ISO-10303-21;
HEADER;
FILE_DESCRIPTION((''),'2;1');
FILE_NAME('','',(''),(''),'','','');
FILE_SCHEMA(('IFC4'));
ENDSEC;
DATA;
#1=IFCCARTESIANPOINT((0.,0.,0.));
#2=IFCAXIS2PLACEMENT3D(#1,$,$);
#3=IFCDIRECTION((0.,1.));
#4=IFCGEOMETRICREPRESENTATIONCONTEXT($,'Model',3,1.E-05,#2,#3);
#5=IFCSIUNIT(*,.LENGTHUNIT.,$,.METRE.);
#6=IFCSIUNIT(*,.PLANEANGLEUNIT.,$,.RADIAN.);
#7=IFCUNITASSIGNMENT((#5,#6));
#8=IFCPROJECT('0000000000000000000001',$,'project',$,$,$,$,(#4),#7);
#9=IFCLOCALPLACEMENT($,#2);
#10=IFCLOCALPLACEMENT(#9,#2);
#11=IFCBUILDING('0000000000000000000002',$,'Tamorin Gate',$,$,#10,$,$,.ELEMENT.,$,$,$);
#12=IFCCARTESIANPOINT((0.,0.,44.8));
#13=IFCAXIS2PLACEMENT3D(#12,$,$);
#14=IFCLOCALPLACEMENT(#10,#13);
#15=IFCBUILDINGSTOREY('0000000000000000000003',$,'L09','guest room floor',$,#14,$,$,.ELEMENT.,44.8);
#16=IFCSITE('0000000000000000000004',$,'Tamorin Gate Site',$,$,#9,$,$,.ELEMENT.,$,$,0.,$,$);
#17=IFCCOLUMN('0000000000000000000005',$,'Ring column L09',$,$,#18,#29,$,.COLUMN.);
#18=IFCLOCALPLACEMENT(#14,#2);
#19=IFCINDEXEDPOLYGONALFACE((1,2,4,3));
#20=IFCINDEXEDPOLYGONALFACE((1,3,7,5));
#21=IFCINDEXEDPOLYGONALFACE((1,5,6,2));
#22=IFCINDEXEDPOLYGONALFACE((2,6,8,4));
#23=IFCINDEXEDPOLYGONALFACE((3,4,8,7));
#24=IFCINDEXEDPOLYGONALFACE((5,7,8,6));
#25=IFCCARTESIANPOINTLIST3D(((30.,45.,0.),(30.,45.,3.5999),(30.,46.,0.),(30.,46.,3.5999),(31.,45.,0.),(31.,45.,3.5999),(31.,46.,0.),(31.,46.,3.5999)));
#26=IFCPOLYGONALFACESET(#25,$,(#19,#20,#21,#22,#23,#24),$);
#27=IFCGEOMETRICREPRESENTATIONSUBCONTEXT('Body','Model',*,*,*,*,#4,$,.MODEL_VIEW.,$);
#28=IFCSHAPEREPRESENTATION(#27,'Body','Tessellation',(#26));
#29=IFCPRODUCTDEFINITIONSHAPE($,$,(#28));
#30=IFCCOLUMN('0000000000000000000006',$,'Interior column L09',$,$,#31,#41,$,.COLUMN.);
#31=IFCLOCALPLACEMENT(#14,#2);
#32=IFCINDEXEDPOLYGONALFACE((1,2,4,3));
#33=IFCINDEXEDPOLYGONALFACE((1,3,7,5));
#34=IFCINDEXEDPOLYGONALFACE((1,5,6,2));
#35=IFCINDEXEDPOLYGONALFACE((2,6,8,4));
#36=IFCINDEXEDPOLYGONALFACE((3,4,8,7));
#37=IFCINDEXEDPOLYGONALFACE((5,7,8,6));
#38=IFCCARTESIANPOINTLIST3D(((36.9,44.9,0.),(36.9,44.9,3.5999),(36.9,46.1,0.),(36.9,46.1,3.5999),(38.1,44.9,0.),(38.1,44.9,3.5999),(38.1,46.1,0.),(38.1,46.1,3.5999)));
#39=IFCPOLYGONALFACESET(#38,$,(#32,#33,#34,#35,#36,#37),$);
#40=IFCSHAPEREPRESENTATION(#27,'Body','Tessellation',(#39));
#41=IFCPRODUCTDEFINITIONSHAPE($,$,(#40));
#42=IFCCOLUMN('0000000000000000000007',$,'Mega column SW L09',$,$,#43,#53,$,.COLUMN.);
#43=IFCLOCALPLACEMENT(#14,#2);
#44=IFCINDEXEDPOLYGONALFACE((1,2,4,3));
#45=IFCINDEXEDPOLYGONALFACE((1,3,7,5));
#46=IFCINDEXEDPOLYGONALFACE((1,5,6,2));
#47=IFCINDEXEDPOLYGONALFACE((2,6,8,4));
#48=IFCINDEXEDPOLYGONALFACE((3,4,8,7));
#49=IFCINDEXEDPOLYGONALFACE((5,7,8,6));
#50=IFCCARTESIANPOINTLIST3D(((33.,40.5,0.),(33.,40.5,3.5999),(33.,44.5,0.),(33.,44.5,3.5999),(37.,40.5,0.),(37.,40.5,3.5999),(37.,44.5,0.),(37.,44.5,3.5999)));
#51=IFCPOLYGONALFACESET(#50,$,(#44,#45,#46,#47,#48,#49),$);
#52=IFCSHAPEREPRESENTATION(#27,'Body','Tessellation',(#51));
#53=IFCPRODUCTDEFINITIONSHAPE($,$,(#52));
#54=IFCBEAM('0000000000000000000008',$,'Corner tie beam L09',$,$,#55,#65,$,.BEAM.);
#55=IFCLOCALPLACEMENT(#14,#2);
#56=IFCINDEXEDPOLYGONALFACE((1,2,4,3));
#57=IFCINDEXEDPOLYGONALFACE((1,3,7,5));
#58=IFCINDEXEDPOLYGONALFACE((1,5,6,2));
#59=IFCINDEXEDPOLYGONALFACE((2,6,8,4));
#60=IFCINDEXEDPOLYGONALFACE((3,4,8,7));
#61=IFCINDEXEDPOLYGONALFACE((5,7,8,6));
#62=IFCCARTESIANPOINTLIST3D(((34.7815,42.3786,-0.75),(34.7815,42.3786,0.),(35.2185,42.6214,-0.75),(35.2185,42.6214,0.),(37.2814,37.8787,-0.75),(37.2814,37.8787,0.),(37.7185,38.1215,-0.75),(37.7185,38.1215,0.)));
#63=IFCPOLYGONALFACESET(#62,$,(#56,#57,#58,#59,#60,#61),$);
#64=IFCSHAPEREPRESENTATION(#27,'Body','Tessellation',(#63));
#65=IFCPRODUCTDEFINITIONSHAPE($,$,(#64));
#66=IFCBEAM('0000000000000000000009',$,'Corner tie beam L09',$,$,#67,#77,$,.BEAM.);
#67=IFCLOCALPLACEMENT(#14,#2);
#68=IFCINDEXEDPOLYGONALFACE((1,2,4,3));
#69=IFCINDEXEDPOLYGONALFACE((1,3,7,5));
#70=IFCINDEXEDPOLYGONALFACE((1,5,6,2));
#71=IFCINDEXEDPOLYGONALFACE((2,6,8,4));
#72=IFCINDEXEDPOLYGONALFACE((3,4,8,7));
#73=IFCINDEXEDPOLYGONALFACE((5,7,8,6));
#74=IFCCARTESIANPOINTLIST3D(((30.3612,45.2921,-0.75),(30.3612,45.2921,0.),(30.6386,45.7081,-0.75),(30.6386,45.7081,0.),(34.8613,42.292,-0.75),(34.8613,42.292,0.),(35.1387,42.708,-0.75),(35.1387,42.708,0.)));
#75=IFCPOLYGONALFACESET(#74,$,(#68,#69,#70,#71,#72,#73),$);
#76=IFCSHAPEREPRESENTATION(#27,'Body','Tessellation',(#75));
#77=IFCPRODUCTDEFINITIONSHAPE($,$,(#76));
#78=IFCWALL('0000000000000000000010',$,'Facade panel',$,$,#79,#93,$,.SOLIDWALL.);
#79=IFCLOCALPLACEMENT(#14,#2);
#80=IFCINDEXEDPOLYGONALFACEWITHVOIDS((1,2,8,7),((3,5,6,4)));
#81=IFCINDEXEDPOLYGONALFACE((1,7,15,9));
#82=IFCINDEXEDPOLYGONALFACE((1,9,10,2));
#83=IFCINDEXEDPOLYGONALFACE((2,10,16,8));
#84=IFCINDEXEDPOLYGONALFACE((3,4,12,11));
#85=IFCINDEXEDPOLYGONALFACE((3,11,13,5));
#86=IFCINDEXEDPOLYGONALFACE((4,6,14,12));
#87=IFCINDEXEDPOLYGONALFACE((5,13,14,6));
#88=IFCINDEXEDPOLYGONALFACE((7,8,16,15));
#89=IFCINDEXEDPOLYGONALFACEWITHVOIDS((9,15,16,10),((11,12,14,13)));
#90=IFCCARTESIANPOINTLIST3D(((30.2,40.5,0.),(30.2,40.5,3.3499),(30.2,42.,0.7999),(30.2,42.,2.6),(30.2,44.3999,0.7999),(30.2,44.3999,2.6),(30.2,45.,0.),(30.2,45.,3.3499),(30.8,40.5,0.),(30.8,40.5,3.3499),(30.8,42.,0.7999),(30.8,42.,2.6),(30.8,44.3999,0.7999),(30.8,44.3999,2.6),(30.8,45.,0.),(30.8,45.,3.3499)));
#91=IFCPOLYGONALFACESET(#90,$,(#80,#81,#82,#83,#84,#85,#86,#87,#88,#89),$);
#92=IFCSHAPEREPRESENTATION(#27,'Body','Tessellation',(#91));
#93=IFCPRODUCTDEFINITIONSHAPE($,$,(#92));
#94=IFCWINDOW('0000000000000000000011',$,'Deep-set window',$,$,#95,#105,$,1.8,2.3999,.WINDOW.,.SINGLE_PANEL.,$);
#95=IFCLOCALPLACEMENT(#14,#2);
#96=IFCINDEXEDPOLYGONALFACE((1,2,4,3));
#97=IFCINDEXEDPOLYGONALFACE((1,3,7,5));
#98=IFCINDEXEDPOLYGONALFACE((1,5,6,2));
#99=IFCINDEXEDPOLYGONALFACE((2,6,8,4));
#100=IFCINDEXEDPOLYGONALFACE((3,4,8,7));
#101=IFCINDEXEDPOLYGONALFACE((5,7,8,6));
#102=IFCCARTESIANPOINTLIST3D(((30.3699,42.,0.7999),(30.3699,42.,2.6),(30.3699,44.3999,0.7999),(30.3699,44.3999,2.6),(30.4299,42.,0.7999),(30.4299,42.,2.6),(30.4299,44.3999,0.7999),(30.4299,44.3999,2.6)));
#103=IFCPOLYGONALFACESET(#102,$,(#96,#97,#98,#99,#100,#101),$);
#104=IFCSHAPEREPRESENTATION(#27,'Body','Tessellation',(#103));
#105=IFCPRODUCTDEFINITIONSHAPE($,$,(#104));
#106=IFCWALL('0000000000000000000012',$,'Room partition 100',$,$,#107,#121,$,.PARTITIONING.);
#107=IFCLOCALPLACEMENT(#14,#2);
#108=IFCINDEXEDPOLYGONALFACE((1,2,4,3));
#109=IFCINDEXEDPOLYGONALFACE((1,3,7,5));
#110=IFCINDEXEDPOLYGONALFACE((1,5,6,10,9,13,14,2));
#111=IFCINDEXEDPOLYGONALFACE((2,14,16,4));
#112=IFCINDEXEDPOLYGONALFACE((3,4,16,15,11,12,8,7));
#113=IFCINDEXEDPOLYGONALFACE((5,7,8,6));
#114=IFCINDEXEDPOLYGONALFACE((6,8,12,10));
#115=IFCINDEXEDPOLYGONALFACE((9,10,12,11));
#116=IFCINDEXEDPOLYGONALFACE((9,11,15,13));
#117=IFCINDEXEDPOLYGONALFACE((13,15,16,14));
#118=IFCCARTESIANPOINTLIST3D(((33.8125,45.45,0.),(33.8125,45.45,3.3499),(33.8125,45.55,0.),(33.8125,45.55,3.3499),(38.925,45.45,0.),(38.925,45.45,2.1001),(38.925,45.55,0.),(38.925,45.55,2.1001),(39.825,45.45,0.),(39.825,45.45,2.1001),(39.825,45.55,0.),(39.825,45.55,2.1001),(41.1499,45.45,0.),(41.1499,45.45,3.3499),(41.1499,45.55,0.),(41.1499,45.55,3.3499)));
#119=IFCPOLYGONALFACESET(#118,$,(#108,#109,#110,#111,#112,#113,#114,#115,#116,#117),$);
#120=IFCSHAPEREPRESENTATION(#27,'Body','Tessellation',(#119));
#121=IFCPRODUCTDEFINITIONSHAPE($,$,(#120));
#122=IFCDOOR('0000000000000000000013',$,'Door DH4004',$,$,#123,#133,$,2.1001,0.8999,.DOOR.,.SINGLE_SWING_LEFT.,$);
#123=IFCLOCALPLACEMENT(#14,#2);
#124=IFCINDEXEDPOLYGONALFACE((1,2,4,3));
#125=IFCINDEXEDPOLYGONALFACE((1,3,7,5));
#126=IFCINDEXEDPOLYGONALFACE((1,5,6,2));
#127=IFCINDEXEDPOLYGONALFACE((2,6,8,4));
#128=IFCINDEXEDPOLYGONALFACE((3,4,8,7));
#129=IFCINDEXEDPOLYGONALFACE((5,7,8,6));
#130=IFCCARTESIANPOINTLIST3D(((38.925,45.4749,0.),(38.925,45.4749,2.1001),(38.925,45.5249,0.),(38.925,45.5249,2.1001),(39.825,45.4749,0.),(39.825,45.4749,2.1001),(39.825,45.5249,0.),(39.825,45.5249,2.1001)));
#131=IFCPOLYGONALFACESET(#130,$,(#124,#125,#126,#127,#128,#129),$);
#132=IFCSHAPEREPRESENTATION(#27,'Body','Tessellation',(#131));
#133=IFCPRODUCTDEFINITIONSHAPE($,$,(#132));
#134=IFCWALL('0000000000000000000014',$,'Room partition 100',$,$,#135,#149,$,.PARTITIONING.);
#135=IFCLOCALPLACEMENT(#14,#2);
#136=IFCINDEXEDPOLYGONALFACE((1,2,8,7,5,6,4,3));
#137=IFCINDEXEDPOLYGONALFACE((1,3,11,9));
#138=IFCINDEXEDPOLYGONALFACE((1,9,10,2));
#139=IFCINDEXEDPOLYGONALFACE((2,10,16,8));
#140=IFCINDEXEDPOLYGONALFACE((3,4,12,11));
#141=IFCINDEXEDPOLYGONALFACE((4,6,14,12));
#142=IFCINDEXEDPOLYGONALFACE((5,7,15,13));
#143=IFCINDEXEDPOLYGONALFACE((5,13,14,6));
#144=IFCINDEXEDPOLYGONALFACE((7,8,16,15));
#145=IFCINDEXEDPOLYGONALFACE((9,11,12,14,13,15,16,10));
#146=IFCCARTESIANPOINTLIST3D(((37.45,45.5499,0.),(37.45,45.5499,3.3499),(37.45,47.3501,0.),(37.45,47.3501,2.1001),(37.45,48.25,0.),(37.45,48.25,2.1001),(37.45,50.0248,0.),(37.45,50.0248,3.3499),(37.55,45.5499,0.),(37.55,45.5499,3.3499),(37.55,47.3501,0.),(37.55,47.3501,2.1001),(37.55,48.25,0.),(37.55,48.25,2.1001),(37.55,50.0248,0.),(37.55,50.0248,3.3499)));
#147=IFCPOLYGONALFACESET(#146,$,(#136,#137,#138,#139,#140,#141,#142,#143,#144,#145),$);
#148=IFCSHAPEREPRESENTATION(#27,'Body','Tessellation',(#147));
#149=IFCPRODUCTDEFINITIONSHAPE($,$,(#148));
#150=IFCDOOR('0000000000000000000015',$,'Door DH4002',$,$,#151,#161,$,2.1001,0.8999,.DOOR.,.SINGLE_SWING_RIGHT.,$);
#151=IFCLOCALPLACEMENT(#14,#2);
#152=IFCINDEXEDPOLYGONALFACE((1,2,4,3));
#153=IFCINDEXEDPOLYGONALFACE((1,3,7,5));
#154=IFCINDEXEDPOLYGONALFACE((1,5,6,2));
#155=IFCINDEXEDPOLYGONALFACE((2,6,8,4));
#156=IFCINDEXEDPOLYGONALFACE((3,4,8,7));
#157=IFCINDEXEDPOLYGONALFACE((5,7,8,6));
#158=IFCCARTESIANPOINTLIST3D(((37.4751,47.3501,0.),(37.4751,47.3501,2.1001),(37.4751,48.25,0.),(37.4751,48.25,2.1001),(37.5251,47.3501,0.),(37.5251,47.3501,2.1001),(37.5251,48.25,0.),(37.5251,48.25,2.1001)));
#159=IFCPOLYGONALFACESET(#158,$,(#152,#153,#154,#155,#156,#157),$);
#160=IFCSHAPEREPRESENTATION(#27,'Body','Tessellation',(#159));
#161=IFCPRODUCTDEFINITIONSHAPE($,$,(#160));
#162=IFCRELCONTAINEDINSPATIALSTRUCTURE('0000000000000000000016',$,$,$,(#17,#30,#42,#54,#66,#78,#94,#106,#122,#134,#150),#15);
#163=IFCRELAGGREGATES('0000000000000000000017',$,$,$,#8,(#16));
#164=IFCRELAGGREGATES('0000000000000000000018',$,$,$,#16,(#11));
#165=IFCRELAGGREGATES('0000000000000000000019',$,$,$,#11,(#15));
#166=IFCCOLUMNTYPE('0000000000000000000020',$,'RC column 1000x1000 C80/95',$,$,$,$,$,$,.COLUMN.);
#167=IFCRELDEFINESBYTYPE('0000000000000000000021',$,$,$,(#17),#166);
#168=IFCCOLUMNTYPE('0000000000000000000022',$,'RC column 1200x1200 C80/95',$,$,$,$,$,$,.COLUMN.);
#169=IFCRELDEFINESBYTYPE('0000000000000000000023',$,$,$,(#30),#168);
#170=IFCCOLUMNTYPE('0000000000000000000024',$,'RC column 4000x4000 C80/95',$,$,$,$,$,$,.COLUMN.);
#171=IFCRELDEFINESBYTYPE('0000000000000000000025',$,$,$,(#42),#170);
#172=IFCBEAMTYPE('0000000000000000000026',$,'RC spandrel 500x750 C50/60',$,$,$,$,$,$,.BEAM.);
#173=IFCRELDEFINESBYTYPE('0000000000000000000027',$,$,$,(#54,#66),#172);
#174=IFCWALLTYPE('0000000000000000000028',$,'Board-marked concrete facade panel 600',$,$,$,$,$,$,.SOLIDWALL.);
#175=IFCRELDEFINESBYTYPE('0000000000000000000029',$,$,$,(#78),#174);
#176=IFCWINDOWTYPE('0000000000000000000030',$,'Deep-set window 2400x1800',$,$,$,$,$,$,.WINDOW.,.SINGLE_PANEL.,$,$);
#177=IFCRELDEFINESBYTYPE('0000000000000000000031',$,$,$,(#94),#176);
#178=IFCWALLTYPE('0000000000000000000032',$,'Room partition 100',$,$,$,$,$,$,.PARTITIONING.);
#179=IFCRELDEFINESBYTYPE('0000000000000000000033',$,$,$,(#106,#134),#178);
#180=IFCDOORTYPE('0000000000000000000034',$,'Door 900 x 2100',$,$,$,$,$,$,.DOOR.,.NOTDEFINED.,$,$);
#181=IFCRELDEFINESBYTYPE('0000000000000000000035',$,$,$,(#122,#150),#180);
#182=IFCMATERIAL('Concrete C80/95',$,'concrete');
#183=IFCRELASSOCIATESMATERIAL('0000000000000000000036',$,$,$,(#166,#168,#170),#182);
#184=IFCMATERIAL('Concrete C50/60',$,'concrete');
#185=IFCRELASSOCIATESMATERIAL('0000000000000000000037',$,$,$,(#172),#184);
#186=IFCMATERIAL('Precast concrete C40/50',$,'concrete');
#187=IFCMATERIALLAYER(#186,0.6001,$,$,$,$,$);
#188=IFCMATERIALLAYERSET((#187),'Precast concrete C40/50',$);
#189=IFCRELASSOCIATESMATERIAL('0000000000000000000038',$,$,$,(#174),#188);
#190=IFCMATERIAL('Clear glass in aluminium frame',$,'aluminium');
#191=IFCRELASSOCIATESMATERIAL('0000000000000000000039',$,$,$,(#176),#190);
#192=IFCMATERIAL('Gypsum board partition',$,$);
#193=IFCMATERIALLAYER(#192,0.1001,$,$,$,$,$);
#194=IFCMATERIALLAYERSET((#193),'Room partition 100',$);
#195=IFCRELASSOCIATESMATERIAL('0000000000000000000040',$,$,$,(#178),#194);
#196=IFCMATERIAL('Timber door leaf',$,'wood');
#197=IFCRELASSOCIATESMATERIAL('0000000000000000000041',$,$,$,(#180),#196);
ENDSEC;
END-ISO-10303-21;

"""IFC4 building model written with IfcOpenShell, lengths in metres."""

from ifc_helpers import new_model, si_unit, direction, frame, frame_2d, origin, origin_2d, place, context, subcontext, project, spatial, rectangle, extrude, material, layer, layer_set, material_profile, profile_set, type_object, element, fill, save


model = new_model("IFC4")

# Units and contexts
model_context = context("Model", 3, precision=1e-05, world=origin(), true_north=direction((0.0, 1.0)))
body_context = subcontext(model_context, "Body", "Model", "MODEL_VIEW")
ifc_project = project(units=[si_unit("LENGTHUNIT", "METRE"), si_unit("PLANEANGLEUNIT", "RADIAN")], contexts=[model_context])

# Site, building, storey
site_placement = place(None, origin())
site = spatial("IfcSite", under=ifc_project, at=site_placement, Name="Tamorin Gate Site", CompositionType="ELEMENT", RefElevation=0.0)
building_placement = place(site_placement, origin())
building = spatial("IfcBuilding", under=site, at=building_placement, Name="Tamorin Gate", CompositionType="ELEMENT")
storey_placement = place(building_placement, frame((0.0, 0.0, 44.8)))
storey = spatial("IfcBuildingStorey", under=building, at=storey_placement, Name="L09", Description="guest room floor", CompositionType="ELEMENT", Elevation=44.8)

# Columns
ifc_material_1 = material(Name="Concrete C80/95", Category="concrete")
ifc_material_profile_1 = material_profile(ifc_material_1, rectangle(XDim=1.0, YDim=1.0, at=origin_2d()), Name="RC 1000x1000")
ifc_profile_set_1 = profile_set([ifc_material_profile_1], Name="Concrete C80/95")
column_type_1 = type_object("IfcColumnType", Name="RC column 1000x1000 C80/95", PredefinedType="COLUMN", material=ifc_profile_set_1)
column_1_placement = place(storey_placement, frame((30.5, 45.5, 0.0), z_axis=(0.0, 0.0, 1.0), x_axis=(1.0, 0.0, 0.0)))
element("IfcColumn", 1, at=column_1_placement, inside=storey, type_object=column_type_1, Name="Ring column L09", PredefinedType="COLUMN", context=body_context, shape_type="SweptSolid", body=[
    extrude(rectangle(XDim=1.0, YDim=1.0, at=origin_2d()), origin(), (0.0, 0.0, 1.0), 3.5999),
])
ifc_material_profile_2 = material_profile(ifc_material_1, rectangle(XDim=1.2, YDim=1.2, at=origin_2d()), Name="RC 1200x1200")
ifc_profile_set_2 = profile_set([ifc_material_profile_2], Name="Concrete C80/95")
column_type_2 = type_object("IfcColumnType", Name="RC column 1200x1200 C80/95", PredefinedType="COLUMN", material=ifc_profile_set_2)
column_2_placement = place(storey_placement, frame((37.5, 45.5, 0.0), z_axis=(0.0, 0.0, 1.0), x_axis=(1.0, 0.0, 0.0)))
element("IfcColumn", 2, at=column_2_placement, inside=storey, type_object=column_type_2, Name="Interior column L09", PredefinedType="COLUMN", context=body_context, shape_type="SweptSolid", body=[
    extrude(rectangle(XDim=1.2, YDim=1.2, at=origin_2d()), origin(), (0.0, 0.0, 1.0), 3.5999),
])
ifc_material_profile_3 = material_profile(ifc_material_1, rectangle(XDim=4.0, YDim=4.0, at=origin_2d()), Name="RC 4000x4000")
ifc_profile_set_3 = profile_set([ifc_material_profile_3], Name="Concrete C80/95")
column_type_3 = type_object("IfcColumnType", Name="RC column 4000x4000 C80/95", PredefinedType="COLUMN", material=ifc_profile_set_3)
column_3_placement = place(storey_placement, frame((35.0, 42.5, 0.0), z_axis=(0.0, 0.0, 1.0), x_axis=(1.0, 0.0, 0.0)))
element("IfcColumn", 3, at=column_3_placement, inside=storey, type_object=column_type_3, Name="Mega column SW L09", PredefinedType="COLUMN", context=body_context, shape_type="SweptSolid", body=[
    extrude(rectangle(XDim=4.0, YDim=4.0, at=origin_2d()), origin(), (0.0, 0.0, 1.0), 3.5999),
])

# Beams
ifc_material_2 = material(Name="Concrete C50/60", Category="concrete")
ifc_material_profile_4 = material_profile(ifc_material_2, rectangle(XDim=0.5, YDim=0.75, at=origin_2d()), Name="RC 500x750")
ifc_profile_set_4 = profile_set([ifc_material_profile_4], Name="Concrete C50/60")
beam_type = type_object("IfcBeamType", Name="RC spandrel 500x750 C50/60", PredefinedType="BEAM", material=ifc_profile_set_4)
beam_1_placement = place(storey_placement, frame((35.0, 42.5, -0.375), z_axis=(0.485643, -0.874157, 0.0), x_axis=(0.874157, 0.485643, 0.0)))
element("IfcBeam", 4, at=beam_1_placement, inside=storey, type_object=beam_type, Name="Corner tie beam L09", PredefinedType="BEAM", context=body_context, shape_type="SweptSolid", body=[
    extrude(rectangle(XDim=0.5, YDim=0.75, at=origin_2d()), origin(), (0.0, 0.0, 1.0), 5.1477),
])
beam_2_placement = place(storey_placement, frame((35.0, 42.5, -0.375), z_axis=(-0.83205, 0.5547, 0.0), x_axis=(-0.5547, -0.83205, 0.0)))
element("IfcBeam", 5, at=beam_2_placement, inside=storey, type_object=beam_type, Name="Corner tie beam L09", PredefinedType="BEAM", context=body_context, shape_type="SweptSolid", body=[
    extrude(rectangle(XDim=0.5, YDim=0.75, at=origin_2d()), origin(), (0.0, 0.0, 1.0), 5.4084),
])

# Wall, opening, window
ifc_material_3 = material(Name="Precast concrete C40/50", Category="concrete")
ifc_layer_1 = layer(ifc_material_3, 0.6001)
ifc_layer_set_1 = layer_set([ifc_layer_1], Name="Precast concrete C40/50")
wall_type_1 = type_object("IfcWallType", Name="Board-marked concrete facade panel 600", PredefinedType="SOLIDWALL", material=ifc_layer_set_1)
wall_1_placement = place(storey_placement, frame((30.5, 45.0, 0.0), z_axis=(0.0, 0.0, 1.0), x_axis=(0.0, -1.0, 0.0)))
wall_1 = element("IfcWall", 6, at=wall_1_placement, inside=storey, type_object=wall_type_1, Name="Facade panel", PredefinedType="SOLIDWALL", context=body_context, shape_type="SweptSolid", body=[
    extrude(rectangle(XDim=4.5, YDim=0.6001, at=frame_2d((2.25, 0.0))), origin(), (0.0, 0.0, 1.0), 3.3499),
])
opening_1_placement = place(wall_1_placement, frame((0.6001, 0.0, 0.8)))
opening_1 = element("IfcOpeningElement", 7, at=opening_1_placement, cuts=wall_1, PredefinedType="OPENING", context=body_context, shape_type="SweptSolid", body=[
    extrude(rectangle(XDim=2.3999, YDim=1.8, at=frame_2d((1.2, 0.8999))), frame((0.0, 0.3101, 0.0), z_axis=(0.0, -1.0, 0.0), x_axis=(1.0, 0.0, 0.0)), (0.0, 0.0, 1.0), 0.6201),
])
ifc_material_4 = material(Name="Clear glass in aluminium frame", Category="aluminium")
window_type = type_object("IfcWindowType", Name="Deep-set window 2400x1800", PartitioningType="SINGLE_PANEL", PredefinedType="WINDOW", material=ifc_material_4)
window_placement = place(opening_1_placement, origin())
window = element("IfcWindow", 8, at=window_placement, inside=storey, type_object=window_type, Name="Deep-set window", OverallHeight=1.8, OverallWidth=2.3999, PartitioningType="SINGLE_PANEL", PredefinedType="WINDOW", context=body_context, shape_type="SweptSolid", body=[
    extrude(rectangle(XDim=2.3999, YDim=1.8, at=frame_2d((1.2, 0.8999))), frame((0.0, -0.0701, 0.0), z_axis=(0.0, -1.0, 0.0), x_axis=(1.0, 0.0, 0.0)), (0.0, 0.0, 1.0), 0.0601),
])
fill(opening_1, window)

# Walls, openings, doors
ifc_material_5 = material(Name="Gypsum board partition")
ifc_layer_2 = layer(ifc_material_5, 0.1001)
ifc_layer_set_2 = layer_set([ifc_layer_2], Name="Room partition 100")
wall_type_2 = type_object("IfcWallType", Name="Room partition 100", PredefinedType="PARTITIONING", material=ifc_layer_set_2)
wall_2_placement = place(storey_placement, frame((33.8125, 45.5, 0.0), z_axis=(0.0, 0.0, 1.0), x_axis=(1.0, 0.0, 0.0)))
wall_2 = element("IfcWall", 9, at=wall_2_placement, inside=storey, type_object=wall_type_2, Name="Room partition 100", PredefinedType="PARTITIONING", context=body_context, shape_type="SweptSolid", body=[
    extrude(rectangle(XDim=7.3374, YDim=0.1001, at=frame_2d((3.6687, 0.0))), origin(), (0.0, 0.0, 1.0), 3.3499),
])
opening_2_placement = place(wall_2_placement, frame((5.1125, 0.0, 0.0)))
opening_2 = element("IfcOpeningElement", 10, at=opening_2_placement, cuts=wall_2, PredefinedType="OPENING", context=body_context, shape_type="SweptSolid", body=[
    extrude(rectangle(XDim=0.8999, YDim=2.1001, at=frame_2d((0.45, 1.05))), frame((0.0, 0.0601, 0.0), z_axis=(0.0, -1.0, 0.0), x_axis=(1.0, 0.0, 0.0)), (0.0, 0.0, 1.0), 0.1201),
])
ifc_material_6 = material(Name="Timber door leaf", Category="wood")
door_type = type_object("IfcDoorType", Name="Door 900 x 2100", OperationType="NOTDEFINED", PredefinedType="DOOR", material=ifc_material_6)
door_1_placement = place(opening_2_placement, origin())
door_1 = element("IfcDoor", 11, at=door_1_placement, inside=storey, type_object=door_type, Name="Door DH4004", OperationType="SINGLE_SWING_LEFT", OverallHeight=2.1001, OverallWidth=0.8999, PredefinedType="DOOR", context=body_context, shape_type="SweptSolid", body=[
    extrude(rectangle(XDim=0.8999, YDim=2.1001, at=frame_2d((0.45, 1.05))), frame((0.0, 0.0249, 0.0), z_axis=(0.0, -1.0, 0.0), x_axis=(1.0, 0.0, 0.0)), (0.0, 0.0, 1.0), 0.05),
])
fill(opening_2, door_1)
wall_3_placement = place(storey_placement, frame((37.5, 45.55, 0.0), z_axis=(0.0, 0.0, 1.0), x_axis=(0.0, 1.0, 0.0)))
wall_3 = element("IfcWall", 12, at=wall_3_placement, inside=storey, type_object=wall_type_2, Name="Room partition 100", PredefinedType="PARTITIONING", context=body_context, shape_type="SweptSolid", body=[
    extrude(rectangle(XDim=4.4749, YDim=0.1001, at=frame_2d((2.2373, 0.0))), origin(), (0.0, 0.0, 1.0), 3.3499),
])
opening_3_placement = place(wall_3_placement, frame((1.8, 0.0, 0.0)))
opening_3 = element("IfcOpeningElement", 13, at=opening_3_placement, cuts=wall_3, PredefinedType="OPENING", context=body_context, shape_type="SweptSolid", body=[
    extrude(rectangle(XDim=0.8999, YDim=2.1001, at=frame_2d((0.45, 1.05))), frame((0.0, 0.0601, 0.0), z_axis=(0.0, -1.0, 0.0), x_axis=(1.0, 0.0, 0.0)), (0.0, 0.0, 1.0), 0.1201),
])
door_2_placement = place(opening_3_placement, origin())
door_2 = element("IfcDoor", 14, at=door_2_placement, inside=storey, type_object=door_type, Name="Door DH4002", OperationType="SINGLE_SWING_RIGHT", OverallHeight=2.1001, OverallWidth=0.8999, PredefinedType="DOOR", context=body_context, shape_type="SweptSolid", body=[
    extrude(rectangle(XDim=0.8999, YDim=2.1001, at=frame_2d((0.45, 1.05))), frame((0.0, 0.0249, 0.0), z_axis=(0.0, -1.0, 0.0), x_axis=(1.0, 0.0, 0.0)), (0.0, 0.0, 1.0), 0.05),
])
fill(opening_3, door_2)

save(model, "model.ifc")
